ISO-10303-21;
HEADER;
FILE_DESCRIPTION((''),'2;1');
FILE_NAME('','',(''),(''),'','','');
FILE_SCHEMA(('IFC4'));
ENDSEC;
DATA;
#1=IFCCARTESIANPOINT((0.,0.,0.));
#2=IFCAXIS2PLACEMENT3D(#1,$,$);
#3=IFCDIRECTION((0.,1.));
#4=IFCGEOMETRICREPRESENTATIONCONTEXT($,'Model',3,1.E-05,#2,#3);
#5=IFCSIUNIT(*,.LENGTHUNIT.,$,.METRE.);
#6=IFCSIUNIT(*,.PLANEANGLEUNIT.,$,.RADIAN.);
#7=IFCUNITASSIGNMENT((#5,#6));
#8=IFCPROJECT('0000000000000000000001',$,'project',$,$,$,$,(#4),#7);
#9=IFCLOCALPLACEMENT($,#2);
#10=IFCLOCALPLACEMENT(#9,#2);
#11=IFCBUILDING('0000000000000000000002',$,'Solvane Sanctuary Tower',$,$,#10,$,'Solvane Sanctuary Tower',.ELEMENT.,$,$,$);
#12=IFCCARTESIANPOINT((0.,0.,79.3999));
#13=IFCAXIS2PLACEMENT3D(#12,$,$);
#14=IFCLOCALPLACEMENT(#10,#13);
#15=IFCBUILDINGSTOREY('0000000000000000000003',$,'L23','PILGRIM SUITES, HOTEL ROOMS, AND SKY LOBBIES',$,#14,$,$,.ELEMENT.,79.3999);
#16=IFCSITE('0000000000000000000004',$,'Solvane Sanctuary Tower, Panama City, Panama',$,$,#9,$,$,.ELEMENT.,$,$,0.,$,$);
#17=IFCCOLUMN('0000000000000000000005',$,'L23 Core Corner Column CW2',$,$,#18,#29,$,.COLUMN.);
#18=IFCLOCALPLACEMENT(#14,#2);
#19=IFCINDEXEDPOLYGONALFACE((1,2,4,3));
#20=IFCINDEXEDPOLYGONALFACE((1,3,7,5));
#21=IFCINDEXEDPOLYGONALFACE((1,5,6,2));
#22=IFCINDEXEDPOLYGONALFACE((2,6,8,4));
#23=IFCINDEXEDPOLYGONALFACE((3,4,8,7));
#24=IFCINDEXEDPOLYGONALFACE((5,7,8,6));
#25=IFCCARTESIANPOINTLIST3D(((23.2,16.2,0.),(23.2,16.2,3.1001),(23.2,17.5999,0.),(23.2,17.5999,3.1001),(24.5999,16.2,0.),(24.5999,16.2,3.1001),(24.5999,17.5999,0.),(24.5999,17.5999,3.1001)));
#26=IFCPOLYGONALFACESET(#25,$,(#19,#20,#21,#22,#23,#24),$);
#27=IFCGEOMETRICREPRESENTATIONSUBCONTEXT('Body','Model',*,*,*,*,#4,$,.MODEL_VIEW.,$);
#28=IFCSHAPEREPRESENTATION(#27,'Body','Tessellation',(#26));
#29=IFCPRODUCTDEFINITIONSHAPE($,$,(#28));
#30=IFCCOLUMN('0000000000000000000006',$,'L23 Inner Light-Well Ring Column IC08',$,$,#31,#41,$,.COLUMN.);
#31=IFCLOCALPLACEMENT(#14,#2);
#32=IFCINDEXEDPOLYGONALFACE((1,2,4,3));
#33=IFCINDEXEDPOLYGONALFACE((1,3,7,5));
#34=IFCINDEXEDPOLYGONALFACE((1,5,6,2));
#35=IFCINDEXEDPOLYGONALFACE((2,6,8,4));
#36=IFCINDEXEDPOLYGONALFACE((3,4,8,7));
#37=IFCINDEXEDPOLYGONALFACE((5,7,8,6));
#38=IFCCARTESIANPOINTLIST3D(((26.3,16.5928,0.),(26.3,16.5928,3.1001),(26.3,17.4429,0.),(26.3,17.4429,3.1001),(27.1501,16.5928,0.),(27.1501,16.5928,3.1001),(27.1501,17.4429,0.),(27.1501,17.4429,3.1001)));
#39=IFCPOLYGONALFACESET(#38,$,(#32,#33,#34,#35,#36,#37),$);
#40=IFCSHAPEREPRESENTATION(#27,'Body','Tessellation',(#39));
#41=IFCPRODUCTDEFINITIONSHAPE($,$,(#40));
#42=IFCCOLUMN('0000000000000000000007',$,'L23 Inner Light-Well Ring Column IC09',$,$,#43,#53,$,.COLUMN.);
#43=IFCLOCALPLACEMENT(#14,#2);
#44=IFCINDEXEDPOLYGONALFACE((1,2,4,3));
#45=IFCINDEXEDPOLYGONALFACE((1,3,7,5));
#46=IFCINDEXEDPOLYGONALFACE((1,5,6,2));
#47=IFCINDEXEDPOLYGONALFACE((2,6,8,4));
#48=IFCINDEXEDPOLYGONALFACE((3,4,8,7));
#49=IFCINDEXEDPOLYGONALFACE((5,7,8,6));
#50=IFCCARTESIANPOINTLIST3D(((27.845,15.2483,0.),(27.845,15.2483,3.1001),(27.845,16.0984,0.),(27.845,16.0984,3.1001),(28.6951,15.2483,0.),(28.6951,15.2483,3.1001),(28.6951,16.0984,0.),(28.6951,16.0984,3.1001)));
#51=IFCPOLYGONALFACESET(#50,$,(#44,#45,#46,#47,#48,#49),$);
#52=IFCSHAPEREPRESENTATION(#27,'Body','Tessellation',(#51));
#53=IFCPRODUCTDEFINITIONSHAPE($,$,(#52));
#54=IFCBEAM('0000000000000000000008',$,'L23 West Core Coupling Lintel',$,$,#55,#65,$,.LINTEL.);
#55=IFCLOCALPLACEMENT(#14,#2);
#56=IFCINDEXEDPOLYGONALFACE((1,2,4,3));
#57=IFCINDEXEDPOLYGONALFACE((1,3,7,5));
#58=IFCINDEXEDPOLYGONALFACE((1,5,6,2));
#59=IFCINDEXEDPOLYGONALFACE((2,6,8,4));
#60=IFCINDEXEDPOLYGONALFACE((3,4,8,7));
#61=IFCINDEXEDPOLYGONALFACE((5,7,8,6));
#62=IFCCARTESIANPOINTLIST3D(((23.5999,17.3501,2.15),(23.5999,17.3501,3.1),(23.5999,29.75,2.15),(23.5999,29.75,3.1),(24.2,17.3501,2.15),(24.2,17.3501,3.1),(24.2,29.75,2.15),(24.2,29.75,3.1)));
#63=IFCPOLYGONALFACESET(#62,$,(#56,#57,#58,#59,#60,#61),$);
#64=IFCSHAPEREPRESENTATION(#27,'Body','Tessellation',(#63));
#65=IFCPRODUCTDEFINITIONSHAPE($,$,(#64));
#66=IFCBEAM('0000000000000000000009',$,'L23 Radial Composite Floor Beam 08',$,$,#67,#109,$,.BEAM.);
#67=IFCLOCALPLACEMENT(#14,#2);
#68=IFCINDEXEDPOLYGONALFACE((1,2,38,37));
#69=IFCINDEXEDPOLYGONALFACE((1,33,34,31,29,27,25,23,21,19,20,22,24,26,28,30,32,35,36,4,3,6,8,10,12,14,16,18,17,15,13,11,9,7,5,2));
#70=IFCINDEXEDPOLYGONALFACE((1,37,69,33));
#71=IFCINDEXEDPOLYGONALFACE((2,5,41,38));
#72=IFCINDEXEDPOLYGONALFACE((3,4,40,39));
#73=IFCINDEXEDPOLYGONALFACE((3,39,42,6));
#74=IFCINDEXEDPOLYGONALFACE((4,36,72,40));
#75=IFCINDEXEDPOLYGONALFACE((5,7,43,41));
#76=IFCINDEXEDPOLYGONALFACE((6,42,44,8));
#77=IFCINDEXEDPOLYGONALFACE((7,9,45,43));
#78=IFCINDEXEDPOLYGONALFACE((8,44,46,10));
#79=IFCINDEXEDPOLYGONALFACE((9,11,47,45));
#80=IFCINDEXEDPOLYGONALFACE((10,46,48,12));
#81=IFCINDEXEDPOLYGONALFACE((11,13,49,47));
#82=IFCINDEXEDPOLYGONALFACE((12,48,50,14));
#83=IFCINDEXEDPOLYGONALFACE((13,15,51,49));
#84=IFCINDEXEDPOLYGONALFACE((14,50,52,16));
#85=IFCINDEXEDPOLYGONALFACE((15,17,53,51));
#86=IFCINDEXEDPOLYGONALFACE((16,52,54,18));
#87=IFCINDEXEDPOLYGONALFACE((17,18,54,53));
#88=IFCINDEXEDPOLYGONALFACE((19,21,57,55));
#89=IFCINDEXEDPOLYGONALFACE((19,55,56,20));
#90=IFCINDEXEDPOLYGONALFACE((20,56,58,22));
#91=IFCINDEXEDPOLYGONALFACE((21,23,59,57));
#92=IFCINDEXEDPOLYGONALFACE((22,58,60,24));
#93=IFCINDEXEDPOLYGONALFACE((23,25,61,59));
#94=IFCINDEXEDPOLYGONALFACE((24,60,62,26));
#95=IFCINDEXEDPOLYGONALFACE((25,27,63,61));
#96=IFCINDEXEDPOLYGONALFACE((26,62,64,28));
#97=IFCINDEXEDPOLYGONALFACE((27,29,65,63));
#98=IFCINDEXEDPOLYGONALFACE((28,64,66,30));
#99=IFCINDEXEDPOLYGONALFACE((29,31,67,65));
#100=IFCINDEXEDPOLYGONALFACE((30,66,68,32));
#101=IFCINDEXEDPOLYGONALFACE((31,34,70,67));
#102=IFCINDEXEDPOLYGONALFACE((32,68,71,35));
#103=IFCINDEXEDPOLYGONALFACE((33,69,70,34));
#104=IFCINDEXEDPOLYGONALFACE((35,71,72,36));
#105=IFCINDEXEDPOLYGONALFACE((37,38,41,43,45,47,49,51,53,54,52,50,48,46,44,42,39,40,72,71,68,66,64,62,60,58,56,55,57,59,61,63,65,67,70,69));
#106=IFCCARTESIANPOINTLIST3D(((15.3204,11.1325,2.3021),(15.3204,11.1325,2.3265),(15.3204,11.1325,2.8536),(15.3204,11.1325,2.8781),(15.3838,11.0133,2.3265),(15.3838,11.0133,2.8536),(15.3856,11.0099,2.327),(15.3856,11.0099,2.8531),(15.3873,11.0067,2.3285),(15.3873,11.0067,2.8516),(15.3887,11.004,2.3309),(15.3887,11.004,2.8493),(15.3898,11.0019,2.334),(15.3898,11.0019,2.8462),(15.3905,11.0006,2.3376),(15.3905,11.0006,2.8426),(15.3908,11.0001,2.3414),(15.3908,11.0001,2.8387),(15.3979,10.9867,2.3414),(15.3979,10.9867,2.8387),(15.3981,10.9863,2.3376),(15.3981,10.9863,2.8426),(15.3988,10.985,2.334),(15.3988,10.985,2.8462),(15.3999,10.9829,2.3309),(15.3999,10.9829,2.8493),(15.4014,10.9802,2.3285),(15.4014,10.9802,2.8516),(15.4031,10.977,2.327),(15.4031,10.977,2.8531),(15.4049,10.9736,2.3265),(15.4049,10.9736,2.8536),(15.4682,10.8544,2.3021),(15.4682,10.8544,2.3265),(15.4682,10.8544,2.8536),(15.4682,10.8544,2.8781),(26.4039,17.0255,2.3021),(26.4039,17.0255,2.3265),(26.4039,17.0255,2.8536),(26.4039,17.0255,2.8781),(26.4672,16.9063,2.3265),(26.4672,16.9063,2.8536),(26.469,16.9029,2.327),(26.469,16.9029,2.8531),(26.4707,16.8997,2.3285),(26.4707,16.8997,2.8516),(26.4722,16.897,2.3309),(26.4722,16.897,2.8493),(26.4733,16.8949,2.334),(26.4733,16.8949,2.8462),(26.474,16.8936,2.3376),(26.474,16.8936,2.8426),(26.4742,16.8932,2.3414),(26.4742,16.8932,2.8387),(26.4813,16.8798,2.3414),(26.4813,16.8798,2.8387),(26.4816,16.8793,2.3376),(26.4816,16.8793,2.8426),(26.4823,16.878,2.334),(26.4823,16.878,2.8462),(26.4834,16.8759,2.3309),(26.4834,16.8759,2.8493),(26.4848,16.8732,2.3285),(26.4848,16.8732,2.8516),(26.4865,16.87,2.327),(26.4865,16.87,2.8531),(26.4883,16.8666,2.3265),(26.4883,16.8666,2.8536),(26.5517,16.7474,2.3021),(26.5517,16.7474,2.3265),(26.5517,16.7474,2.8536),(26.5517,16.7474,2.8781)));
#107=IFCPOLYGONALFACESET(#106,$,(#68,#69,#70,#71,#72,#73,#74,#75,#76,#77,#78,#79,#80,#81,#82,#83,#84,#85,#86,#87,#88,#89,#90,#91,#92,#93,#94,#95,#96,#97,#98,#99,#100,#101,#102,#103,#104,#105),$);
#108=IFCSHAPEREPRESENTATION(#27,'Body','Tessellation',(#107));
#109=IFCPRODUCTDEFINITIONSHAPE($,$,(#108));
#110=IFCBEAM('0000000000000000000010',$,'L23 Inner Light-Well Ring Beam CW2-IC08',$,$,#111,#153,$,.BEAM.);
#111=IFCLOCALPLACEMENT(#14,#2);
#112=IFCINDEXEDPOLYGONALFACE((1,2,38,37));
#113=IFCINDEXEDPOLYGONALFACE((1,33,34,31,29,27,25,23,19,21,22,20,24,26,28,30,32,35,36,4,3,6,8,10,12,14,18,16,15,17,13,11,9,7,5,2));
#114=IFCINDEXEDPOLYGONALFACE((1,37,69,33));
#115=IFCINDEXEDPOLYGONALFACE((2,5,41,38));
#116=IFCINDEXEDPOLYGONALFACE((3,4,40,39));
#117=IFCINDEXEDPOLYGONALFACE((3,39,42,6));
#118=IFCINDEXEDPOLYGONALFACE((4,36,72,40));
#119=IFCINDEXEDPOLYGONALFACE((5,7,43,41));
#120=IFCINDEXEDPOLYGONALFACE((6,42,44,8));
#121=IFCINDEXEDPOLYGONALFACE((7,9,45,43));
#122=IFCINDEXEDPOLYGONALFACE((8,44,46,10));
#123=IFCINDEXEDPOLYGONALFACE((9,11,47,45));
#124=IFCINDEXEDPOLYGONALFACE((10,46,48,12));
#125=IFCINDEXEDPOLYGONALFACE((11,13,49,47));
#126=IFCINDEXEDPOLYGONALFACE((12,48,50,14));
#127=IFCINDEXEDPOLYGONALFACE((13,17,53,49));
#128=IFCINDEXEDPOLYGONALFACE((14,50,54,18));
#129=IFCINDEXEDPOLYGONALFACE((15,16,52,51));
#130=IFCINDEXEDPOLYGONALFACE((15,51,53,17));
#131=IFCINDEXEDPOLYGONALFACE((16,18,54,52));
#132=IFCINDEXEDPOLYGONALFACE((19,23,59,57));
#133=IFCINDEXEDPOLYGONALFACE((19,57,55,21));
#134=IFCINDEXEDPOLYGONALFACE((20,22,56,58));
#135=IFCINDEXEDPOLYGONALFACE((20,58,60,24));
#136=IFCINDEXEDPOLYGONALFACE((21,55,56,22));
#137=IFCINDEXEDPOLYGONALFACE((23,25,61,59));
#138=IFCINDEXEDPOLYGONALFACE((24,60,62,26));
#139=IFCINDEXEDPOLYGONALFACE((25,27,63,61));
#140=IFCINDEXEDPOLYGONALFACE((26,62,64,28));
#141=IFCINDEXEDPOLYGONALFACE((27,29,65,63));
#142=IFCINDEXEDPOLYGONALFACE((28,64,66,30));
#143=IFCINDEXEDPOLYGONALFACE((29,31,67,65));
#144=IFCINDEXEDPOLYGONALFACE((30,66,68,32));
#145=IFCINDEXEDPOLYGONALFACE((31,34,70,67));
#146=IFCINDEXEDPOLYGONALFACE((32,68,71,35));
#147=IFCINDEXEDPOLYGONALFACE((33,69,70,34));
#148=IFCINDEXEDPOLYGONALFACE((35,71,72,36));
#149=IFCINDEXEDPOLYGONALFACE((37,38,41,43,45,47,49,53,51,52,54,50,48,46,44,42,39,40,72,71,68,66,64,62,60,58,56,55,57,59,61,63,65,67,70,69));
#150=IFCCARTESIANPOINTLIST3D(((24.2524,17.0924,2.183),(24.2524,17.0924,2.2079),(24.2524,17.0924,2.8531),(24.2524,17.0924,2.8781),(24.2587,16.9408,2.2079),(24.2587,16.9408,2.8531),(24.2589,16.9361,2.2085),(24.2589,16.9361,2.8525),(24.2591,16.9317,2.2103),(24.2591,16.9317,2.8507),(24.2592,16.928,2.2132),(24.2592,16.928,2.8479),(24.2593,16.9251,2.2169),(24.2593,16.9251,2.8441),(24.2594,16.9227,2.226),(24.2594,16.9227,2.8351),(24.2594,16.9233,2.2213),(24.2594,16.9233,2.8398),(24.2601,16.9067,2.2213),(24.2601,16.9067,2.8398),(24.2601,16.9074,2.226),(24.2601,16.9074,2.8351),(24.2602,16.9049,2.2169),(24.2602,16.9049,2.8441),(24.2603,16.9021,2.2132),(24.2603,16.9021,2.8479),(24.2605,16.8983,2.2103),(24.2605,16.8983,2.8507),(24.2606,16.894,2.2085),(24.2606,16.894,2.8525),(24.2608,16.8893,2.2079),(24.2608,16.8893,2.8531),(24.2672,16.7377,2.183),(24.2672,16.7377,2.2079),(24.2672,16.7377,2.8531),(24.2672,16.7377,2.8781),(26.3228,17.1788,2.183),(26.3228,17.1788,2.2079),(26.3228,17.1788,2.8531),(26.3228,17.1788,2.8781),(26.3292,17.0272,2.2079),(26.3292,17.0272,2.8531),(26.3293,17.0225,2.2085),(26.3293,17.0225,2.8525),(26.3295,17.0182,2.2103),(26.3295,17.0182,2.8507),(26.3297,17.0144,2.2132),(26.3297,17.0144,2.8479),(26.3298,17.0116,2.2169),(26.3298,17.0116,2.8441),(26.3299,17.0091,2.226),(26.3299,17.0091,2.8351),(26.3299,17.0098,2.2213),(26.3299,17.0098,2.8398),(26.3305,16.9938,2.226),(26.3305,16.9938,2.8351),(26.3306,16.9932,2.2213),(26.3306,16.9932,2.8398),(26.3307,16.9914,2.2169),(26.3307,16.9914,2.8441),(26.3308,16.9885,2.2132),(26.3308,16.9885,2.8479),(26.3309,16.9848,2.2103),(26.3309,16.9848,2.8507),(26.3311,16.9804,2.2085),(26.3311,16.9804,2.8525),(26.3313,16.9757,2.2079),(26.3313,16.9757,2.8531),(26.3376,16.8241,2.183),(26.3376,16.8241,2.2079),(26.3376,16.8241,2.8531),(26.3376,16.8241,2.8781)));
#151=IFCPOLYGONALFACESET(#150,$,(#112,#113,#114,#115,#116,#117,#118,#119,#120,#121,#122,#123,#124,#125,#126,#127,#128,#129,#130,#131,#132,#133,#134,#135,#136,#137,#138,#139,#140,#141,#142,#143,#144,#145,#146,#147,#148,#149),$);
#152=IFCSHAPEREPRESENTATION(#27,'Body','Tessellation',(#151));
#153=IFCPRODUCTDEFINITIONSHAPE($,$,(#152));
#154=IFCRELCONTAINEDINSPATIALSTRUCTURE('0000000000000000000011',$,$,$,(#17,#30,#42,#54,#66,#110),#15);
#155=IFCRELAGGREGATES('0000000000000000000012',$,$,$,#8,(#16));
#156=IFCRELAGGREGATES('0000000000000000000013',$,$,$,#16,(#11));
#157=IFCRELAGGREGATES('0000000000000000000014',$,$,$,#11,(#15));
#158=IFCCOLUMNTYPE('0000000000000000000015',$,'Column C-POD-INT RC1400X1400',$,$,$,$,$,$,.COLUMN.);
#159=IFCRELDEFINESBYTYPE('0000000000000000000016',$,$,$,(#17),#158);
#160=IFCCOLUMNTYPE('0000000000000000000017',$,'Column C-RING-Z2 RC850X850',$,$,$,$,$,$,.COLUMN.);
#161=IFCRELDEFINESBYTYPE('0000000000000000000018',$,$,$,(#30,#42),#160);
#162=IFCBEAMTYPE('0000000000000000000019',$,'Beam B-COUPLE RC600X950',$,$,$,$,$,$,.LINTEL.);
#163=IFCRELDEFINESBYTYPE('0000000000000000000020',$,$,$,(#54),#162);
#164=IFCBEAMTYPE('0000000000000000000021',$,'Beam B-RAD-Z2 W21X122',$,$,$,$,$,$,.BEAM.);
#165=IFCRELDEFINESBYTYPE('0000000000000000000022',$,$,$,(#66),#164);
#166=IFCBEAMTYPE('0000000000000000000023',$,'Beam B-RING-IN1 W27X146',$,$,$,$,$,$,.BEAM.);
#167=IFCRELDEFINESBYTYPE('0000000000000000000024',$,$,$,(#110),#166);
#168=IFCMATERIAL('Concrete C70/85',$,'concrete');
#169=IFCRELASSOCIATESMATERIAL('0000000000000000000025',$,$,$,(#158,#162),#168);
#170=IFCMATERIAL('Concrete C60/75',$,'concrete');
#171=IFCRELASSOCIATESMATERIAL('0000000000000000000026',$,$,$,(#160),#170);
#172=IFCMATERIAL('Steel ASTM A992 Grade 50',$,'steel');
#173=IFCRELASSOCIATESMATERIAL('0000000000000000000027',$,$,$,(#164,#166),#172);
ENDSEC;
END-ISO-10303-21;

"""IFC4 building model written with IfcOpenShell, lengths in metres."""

from ifc_helpers import new_model, si_unit, direction, frame, origin, origin_2d, place, context, subcontext, project, spatial, rectangle, i_section, extrude, material, material_profile, profile_set, type_object, element, save


model = new_model("IFC4")

# Units and contexts
model_context = context("Model", 3, precision=1e-05, world=origin(), true_north=direction((0.0, 1.0)))
body_context = subcontext(model_context, "Body", "Model", "MODEL_VIEW")
ifc_project = project(units=[si_unit("LENGTHUNIT", "METRE"), si_unit("PLANEANGLEUNIT", "RADIAN")], contexts=[model_context])

# Site, building, storey
site_placement = place(None, origin())
site = spatial("IfcSite", under=ifc_project, at=site_placement, Name="Solvane Sanctuary Tower, Panama City, Panama", CompositionType="ELEMENT", RefElevation=0.0)
building_placement = place(site_placement, origin())
building = spatial("IfcBuilding", under=site, at=building_placement, Name="Solvane Sanctuary Tower", LongName="Solvane Sanctuary Tower", CompositionType="ELEMENT")
storey_placement = place(building_placement, frame((0.0, 0.0, 79.3999)))
storey = spatial("IfcBuildingStorey", under=building, at=storey_placement, Name="L23", Description="PILGRIM SUITES, HOTEL ROOMS, AND SKY LOBBIES", CompositionType="ELEMENT", Elevation=79.3999)

# Columns
ifc_material_1 = material(Name="Concrete C70/85", Category="concrete")
ifc_material_profile_1 = material_profile(ifc_material_1, rectangle(XDim=1.3999, YDim=1.3999, at=origin_2d()), Name="RC1400X1400")
ifc_profile_set_1 = profile_set([ifc_material_profile_1], Name="Concrete C70/85")
column_type_1 = type_object("IfcColumnType", Name="Column C-POD-INT RC1400X1400", PredefinedType="COLUMN", material=ifc_profile_set_1)
column_placement = place(storey_placement, frame((23.8999, 16.8999, 0.0), z_axis=(0.0, 0.0, 1.0), x_axis=(1.0, 0.0, 0.0)))
element("IfcColumn", 1, at=column_placement, inside=storey, type_object=column_type_1, Name="L23 Core Corner Column CW2", PredefinedType="COLUMN", context=body_context, shape_type="SweptSolid", body=[
    extrude(rectangle(XDim=1.3999, YDim=1.3999, at=origin_2d()), origin(), (0.0, 0.0, 1.0), 3.1001),
])
ifc_material_2 = material(Name="Concrete C60/75", Category="concrete")
ifc_material_profile_2 = material_profile(ifc_material_2, rectangle(XDim=0.8501, YDim=0.8501, at=origin_2d()), Name="RC850X850")
ifc_profile_set_2 = profile_set([ifc_material_profile_2], Name="Concrete C60/75")
column_type_2 = type_object("IfcColumnType", Name="Column C-RING-Z2 RC850X850", PredefinedType="COLUMN", material=ifc_profile_set_2)
for number, where, z_axis, x_axis, name in (
    (2, (26.7251, 17.0178, 0.0), (0.0, 0.0, 1.0), (1.0, 0.0, 0.0), "L23 Inner Light-Well Ring Column IC08"),
    (3, (28.27, 15.6733, 0.0), (0.0, 0.0, 1.0), (1.0, 0.0, 0.0), "L23 Inner Light-Well Ring Column IC09"),
):
    element("IfcColumn", number, at=place(storey_placement, frame(where, z_axis=z_axis, x_axis=x_axis)), inside=storey, type_object=column_type_2, Name=name, PredefinedType="COLUMN", context=body_context, shape_type="SweptSolid", body=[
        extrude(rectangle(XDim=0.8501, YDim=0.8501, at=origin_2d()), origin(), (0.0, 0.0, 1.0), 3.1001),
    ])

# Beams
ifc_material_profile_3 = material_profile(ifc_material_1, rectangle(XDim=0.6001, YDim=0.95, at=origin_2d()), Name="RC600X950")
ifc_profile_set_3 = profile_set([ifc_material_profile_3], Name="Concrete C70/85")
beam_type_1 = type_object("IfcBeamType", Name="Beam B-COUPLE RC600X950", PredefinedType="LINTEL", material=ifc_profile_set_3)
beam_1_placement = place(storey_placement, frame((23.8999, 17.3501, 2.625), z_axis=(0.0, 1.0, 0.0), x_axis=(-1.0, 0.0, 0.0)))
element("IfcBeam", 4, at=beam_1_placement, inside=storey, type_object=beam_type_1, Name="L23 West Core Coupling Lintel", PredefinedType="LINTEL", context=body_context, shape_type="SweptSolid", body=[
    extrude(rectangle(XDim=0.6001, YDim=0.95, at=origin_2d()), origin(), (0.0, 0.0, 1.0), 12.3999),
])
ifc_material_3 = material(Name="Steel ASTM A992 Grade 50", Category="steel")
ifc_material_profile_4 = material_profile(ifc_material_3, i_section(OverallWidth=0.3149, OverallDepth=0.5759, WebThickness=0.0151, FlangeThickness=0.0244, FilletRadius=0.0149, at=origin_2d()), Name="W21X122")
ifc_profile_set_4 = profile_set([ifc_material_profile_4], Name="Steel ASTM A992 Grade 50")
beam_type_2 = type_object("IfcBeamType", Name="Beam B-RAD-Z2 W21X122", PredefinedType="BEAM", material=ifc_profile_set_4)
beam_2_placement = place(storey_placement, frame((26.4778, 16.8865, 2.5901), z_axis=(-0.882952, -0.469463, 0.0), x_axis=(0.469463, -0.882952, 0.0)))
element("IfcBeam", 5, at=beam_2_placement, inside=storey, type_object=beam_type_2, Name="L23 Radial Composite Floor Beam 08", PredefinedType="BEAM", context=body_context, shape_type="SweptSolid", body=[
    extrude(i_section(OverallWidth=0.3149, OverallDepth=0.5759, WebThickness=0.0151, FlangeThickness=0.0244, FilletRadius=0.0149, at=origin_2d()), origin(), (0.0, 0.0, 1.0), 12.5527),
])
ifc_material_profile_5 = material_profile(ifc_material_3, i_section(OverallWidth=0.355, OverallDepth=0.6951, WebThickness=0.0154, FlangeThickness=0.0249, FilletRadius=0.0181, at=origin_2d()), Name="W27X146")
ifc_profile_set_5 = profile_set([ifc_material_profile_5], Name="Steel ASTM A992 Grade 50")
beam_type_3 = type_object("IfcBeamType", Name="Beam B-RING-IN1 W27X146", PredefinedType="BEAM", material=ifc_profile_set_5)
beam_3_placement = place(storey_placement, frame((24.2598, 16.915, 2.5305), z_axis=(0.99913, 0.041704, 0.0), x_axis=(-0.041704, 0.99913, 0.0)))
element("IfcBeam", 6, at=beam_3_placement, inside=storey, type_object=beam_type_3, Name="L23 Inner Light-Well Ring Beam CW2-IC08", PredefinedType="BEAM", context=body_context, shape_type="SweptSolid", body=[
    extrude(i_section(OverallWidth=0.355, OverallDepth=0.6951, WebThickness=0.0154, FlangeThickness=0.0249, FilletRadius=0.0181, at=origin_2d()), origin(), (0.0, 0.0, 1.0), 2.0723),
])

save(model, "model.ifc")
